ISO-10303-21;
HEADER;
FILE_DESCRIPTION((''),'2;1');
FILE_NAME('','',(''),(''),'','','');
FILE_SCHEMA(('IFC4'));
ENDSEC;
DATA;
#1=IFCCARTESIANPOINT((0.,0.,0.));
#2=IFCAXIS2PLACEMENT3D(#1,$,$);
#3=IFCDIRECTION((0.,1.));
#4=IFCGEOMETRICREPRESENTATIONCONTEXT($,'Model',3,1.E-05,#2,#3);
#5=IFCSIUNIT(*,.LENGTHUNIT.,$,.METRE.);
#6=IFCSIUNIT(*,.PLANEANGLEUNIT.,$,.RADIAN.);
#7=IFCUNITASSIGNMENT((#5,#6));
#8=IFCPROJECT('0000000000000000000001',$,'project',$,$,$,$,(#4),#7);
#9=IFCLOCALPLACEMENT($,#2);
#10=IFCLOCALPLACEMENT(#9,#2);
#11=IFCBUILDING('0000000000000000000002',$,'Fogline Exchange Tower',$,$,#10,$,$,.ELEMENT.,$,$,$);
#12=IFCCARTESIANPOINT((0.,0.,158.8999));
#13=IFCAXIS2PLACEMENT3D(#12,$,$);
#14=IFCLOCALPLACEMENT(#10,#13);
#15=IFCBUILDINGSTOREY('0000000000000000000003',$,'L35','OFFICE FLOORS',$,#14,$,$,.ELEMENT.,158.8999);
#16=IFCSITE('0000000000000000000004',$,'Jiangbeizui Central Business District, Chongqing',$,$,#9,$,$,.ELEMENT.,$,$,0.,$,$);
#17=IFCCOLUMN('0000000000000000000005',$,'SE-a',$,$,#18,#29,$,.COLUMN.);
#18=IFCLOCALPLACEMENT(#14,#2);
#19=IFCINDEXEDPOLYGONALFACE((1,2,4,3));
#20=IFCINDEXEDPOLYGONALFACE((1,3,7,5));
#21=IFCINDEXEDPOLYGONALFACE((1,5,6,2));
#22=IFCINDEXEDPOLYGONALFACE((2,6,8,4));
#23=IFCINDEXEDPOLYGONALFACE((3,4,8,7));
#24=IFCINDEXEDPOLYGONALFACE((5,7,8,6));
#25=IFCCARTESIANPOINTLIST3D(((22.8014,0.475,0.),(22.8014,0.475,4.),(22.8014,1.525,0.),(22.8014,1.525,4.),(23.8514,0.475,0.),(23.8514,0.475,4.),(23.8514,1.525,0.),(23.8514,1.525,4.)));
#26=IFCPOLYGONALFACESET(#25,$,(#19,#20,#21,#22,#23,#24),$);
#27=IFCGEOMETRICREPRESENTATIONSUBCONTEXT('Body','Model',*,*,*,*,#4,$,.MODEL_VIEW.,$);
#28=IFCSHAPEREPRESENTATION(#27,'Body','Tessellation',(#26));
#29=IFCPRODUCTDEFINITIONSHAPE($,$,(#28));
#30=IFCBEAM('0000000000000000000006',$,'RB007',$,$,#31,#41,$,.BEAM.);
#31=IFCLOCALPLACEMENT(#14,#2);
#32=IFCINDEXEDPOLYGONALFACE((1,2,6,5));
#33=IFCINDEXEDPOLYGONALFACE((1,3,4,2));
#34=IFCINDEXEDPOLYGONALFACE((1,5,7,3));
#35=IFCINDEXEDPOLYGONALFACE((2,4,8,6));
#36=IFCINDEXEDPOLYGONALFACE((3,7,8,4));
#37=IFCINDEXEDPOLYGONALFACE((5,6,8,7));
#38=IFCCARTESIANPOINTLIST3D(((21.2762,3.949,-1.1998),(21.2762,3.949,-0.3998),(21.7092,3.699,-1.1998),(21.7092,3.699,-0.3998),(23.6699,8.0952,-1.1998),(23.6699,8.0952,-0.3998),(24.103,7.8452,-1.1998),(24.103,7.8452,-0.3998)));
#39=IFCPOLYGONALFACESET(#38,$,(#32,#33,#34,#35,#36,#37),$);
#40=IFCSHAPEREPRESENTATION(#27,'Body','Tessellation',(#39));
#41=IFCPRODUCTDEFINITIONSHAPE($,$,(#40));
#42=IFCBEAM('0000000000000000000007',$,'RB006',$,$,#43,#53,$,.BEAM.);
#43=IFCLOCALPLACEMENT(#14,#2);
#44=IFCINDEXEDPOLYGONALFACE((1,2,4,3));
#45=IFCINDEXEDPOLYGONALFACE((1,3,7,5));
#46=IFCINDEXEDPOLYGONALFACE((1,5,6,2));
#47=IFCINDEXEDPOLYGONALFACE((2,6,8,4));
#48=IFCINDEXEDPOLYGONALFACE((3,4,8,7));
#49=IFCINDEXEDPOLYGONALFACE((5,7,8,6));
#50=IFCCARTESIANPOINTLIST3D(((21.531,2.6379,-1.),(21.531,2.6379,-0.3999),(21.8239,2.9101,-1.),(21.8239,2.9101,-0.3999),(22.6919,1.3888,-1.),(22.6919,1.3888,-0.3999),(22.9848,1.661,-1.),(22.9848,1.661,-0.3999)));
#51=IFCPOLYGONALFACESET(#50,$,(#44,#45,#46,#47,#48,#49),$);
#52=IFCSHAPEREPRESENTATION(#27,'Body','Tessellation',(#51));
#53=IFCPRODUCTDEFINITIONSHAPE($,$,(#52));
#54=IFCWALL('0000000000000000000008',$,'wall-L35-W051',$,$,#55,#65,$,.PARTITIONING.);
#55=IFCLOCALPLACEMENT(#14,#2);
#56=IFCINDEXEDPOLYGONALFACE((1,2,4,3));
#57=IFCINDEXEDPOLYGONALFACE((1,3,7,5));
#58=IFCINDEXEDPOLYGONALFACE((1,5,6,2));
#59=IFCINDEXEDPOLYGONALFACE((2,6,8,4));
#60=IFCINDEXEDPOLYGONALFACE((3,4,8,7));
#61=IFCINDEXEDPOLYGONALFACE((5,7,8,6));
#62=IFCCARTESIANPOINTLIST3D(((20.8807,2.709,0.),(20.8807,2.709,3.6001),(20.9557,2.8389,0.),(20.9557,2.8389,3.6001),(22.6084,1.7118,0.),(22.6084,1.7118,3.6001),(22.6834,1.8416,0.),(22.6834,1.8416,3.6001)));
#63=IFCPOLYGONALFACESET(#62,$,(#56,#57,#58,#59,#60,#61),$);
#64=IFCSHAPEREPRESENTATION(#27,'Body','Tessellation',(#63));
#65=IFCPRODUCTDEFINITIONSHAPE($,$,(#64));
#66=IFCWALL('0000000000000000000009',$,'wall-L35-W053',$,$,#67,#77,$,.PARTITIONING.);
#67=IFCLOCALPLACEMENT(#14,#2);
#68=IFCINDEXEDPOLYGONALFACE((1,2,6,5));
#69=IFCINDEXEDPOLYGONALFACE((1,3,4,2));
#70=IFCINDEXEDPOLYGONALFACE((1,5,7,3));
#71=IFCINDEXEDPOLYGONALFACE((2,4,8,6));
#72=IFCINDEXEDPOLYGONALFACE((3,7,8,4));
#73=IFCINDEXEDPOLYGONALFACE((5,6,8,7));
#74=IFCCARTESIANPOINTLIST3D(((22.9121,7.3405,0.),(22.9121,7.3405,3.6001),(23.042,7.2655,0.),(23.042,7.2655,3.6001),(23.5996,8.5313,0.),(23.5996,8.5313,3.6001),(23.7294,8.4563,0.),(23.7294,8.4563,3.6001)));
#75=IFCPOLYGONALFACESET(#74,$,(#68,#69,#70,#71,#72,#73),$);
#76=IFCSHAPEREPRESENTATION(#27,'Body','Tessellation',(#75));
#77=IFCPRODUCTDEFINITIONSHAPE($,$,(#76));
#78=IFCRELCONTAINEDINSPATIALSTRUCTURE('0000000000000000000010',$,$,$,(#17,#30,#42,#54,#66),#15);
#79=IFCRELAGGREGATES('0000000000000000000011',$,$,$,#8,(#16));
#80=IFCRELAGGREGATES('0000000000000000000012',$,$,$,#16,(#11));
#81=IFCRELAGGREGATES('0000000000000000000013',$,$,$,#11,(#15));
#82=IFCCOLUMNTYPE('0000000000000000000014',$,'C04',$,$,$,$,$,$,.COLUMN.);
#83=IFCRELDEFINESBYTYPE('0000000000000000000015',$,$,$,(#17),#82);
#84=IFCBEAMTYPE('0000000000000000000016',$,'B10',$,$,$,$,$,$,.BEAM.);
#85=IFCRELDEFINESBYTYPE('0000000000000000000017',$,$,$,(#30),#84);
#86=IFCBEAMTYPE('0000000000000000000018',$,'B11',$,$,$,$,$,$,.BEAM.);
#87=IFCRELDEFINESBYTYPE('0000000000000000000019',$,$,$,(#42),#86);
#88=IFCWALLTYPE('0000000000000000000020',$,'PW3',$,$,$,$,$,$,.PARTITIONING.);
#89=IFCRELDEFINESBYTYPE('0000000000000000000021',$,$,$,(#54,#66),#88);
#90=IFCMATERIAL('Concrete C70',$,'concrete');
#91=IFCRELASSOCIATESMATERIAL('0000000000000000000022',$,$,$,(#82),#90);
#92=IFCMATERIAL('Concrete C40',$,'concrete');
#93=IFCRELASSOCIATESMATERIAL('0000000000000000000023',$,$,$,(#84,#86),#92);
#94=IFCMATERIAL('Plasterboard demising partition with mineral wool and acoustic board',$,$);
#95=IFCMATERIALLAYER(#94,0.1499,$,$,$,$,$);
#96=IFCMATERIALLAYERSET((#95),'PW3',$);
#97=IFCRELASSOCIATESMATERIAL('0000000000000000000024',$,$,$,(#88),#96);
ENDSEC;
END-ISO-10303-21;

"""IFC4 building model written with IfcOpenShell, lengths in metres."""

from ifc_helpers import new_model, si_unit, direction, frame, frame_2d, origin, origin_2d, place, context, subcontext, project, spatial, rectangle, extrude, material, layer, layer_set, material_profile, profile_set, type_object, element, save


model = new_model("IFC4")

# Units and contexts
model_context = context("Model", 3, precision=1e-05, world=origin(), true_north=direction((0.0, 1.0)))
body_context = subcontext(model_context, "Body", "Model", "MODEL_VIEW")
ifc_project = project(units=[si_unit("LENGTHUNIT", "METRE"), si_unit("PLANEANGLEUNIT", "RADIAN")], contexts=[model_context])

# Site, building, storey
site_placement = place(None, origin())
site = spatial("IfcSite", under=ifc_project, at=site_placement, Name="Jiangbeizui Central Business District, Chongqing", CompositionType="ELEMENT", RefElevation=0.0)
building_placement = place(site_placement, origin())
building = spatial("IfcBuilding", under=site, at=building_placement, Name="Fogline Exchange Tower", CompositionType="ELEMENT")
storey_placement = place(building_placement, frame((0.0, 0.0, 158.8999)))
storey = spatial("IfcBuildingStorey", under=building, at=storey_placement, Name="L35", Description="OFFICE FLOORS", CompositionType="ELEMENT", Elevation=158.8999)

# Column
ifc_material_1 = material(Name="Concrete C70", Category="concrete")
ifc_material_profile_1 = material_profile(ifc_material_1, rectangle(XDim=1.05, YDim=1.05, at=origin_2d()), Name="RC 1050x1050")
ifc_profile_set_1 = profile_set([ifc_material_profile_1], Name="Concrete C70")
column_type = type_object("IfcColumnType", Name="C04", PredefinedType="COLUMN", material=ifc_profile_set_1)
column_placement = place(storey_placement, frame((23.3264, 1.0, 0.0), z_axis=(0.0, 0.0, 1.0), x_axis=(1.0, 0.0, 0.0)))
element("IfcColumn", 1, at=column_placement, inside=storey, type_object=column_type, Name="SE-a", PredefinedType="COLUMN", context=body_context, shape_type="SweptSolid", body=[
    extrude(rectangle(XDim=1.05, YDim=1.05, at=origin_2d()), origin(), (0.0, 0.0, 1.0), 4.0),
])

# Beams
ifc_material_2 = material(Name="Concrete C40", Category="concrete")
ifc_material_profile_2 = material_profile(ifc_material_2, rectangle(XDim=0.5, YDim=0.8, at=origin_2d()), Name="RC 500x800")
ifc_profile_set_2 = profile_set([ifc_material_profile_2], Name="Concrete C40")
beam_type_1 = type_object("IfcBeamType", Name="B10", PredefinedType="BEAM", material=ifc_profile_set_2)
beam_1_placement = place(storey_placement, frame((21.4927, 3.824, -0.7998), z_axis=(0.499995, 0.866028, 0.0), x_axis=(-0.866028, 0.499995, 0.0)))
element("IfcBeam", 2, at=beam_1_placement, inside=storey, type_object=beam_type_1, Name="RB007", PredefinedType="BEAM", context=body_context, shape_type="SweptSolid", body=[
    extrude(rectangle(XDim=0.5, YDim=0.8, at=origin_2d()), origin(), (0.0, 0.0, 1.0), 4.7876),
])
ifc_material_profile_3 = material_profile(ifc_material_2, rectangle(XDim=0.3999, YDim=0.6001, at=origin_2d()), Name="RC 400x600")
ifc_profile_set_3 = profile_set([ifc_material_profile_3], Name="Concrete C40")
beam_type_2 = type_object("IfcBeamType", Name="B11", PredefinedType="BEAM", material=ifc_profile_set_3)
beam_2_placement = place(storey_placement, frame((22.8384, 1.5249, -0.7), z_axis=(-0.680792, 0.732477, 0.0), x_axis=(-0.732477, -0.680792, 0.0)))
element("IfcBeam", 3, at=beam_2_placement, inside=storey, type_object=beam_type_2, Name="RB006", PredefinedType="BEAM", context=body_context, shape_type="SweptSolid", body=[
    extrude(rectangle(XDim=0.3999, YDim=0.6001, at=origin_2d()), origin(), (0.0, 0.0, 1.0), 1.7053),
])

# Walls
ifc_material_3 = material(Name="Plasterboard demising partition with mineral wool and acoustic board")
ifc_layer_1 = layer(ifc_material_3, 0.1499)
ifc_layer_set_1 = layer_set([ifc_layer_1], Name="PW3")
wall_type_1 = type_object("IfcWallType", Name="PW3", PredefinedType="PARTITIONING", material=ifc_layer_set_1)
wall_1_placement = place(storey_placement, frame((22.646, 1.7766, 0.0), z_axis=(0.0, 0.0, 1.0), x_axis=(-0.866074, 0.499917, 0.0)))
element("IfcWall", 4, at=wall_1_placement, inside=storey, type_object=wall_type_1, Name="wall-L35-W051", PredefinedType="PARTITIONING", context=body_context, shape_type="SweptSolid", body=[
    extrude(rectangle(XDim=1.9949, YDim=0.1499, at=frame_2d((0.9976, 0.0))), origin(), (0.0, 0.0, 1.0), 3.6001),
])
wall_2_placement = place(storey_placement, frame((22.9771, 7.303, 0.0), z_axis=(0.0, 0.0, 1.0), x_axis=(0.499958, 0.86605, 0.0)))
element("IfcWall", 5, at=wall_2_placement, inside=storey, type_object=wall_type_1, Name="wall-L35-W053", PredefinedType="PARTITIONING", context=body_context, shape_type="SweptSolid", body=[
    extrude(rectangle(XDim=1.375, YDim=0.1499, at=frame_2d((0.6875, 0.0))), origin(), (0.0, 0.0, 1.0), 3.6001),
])

save(model, "model.ifc")
